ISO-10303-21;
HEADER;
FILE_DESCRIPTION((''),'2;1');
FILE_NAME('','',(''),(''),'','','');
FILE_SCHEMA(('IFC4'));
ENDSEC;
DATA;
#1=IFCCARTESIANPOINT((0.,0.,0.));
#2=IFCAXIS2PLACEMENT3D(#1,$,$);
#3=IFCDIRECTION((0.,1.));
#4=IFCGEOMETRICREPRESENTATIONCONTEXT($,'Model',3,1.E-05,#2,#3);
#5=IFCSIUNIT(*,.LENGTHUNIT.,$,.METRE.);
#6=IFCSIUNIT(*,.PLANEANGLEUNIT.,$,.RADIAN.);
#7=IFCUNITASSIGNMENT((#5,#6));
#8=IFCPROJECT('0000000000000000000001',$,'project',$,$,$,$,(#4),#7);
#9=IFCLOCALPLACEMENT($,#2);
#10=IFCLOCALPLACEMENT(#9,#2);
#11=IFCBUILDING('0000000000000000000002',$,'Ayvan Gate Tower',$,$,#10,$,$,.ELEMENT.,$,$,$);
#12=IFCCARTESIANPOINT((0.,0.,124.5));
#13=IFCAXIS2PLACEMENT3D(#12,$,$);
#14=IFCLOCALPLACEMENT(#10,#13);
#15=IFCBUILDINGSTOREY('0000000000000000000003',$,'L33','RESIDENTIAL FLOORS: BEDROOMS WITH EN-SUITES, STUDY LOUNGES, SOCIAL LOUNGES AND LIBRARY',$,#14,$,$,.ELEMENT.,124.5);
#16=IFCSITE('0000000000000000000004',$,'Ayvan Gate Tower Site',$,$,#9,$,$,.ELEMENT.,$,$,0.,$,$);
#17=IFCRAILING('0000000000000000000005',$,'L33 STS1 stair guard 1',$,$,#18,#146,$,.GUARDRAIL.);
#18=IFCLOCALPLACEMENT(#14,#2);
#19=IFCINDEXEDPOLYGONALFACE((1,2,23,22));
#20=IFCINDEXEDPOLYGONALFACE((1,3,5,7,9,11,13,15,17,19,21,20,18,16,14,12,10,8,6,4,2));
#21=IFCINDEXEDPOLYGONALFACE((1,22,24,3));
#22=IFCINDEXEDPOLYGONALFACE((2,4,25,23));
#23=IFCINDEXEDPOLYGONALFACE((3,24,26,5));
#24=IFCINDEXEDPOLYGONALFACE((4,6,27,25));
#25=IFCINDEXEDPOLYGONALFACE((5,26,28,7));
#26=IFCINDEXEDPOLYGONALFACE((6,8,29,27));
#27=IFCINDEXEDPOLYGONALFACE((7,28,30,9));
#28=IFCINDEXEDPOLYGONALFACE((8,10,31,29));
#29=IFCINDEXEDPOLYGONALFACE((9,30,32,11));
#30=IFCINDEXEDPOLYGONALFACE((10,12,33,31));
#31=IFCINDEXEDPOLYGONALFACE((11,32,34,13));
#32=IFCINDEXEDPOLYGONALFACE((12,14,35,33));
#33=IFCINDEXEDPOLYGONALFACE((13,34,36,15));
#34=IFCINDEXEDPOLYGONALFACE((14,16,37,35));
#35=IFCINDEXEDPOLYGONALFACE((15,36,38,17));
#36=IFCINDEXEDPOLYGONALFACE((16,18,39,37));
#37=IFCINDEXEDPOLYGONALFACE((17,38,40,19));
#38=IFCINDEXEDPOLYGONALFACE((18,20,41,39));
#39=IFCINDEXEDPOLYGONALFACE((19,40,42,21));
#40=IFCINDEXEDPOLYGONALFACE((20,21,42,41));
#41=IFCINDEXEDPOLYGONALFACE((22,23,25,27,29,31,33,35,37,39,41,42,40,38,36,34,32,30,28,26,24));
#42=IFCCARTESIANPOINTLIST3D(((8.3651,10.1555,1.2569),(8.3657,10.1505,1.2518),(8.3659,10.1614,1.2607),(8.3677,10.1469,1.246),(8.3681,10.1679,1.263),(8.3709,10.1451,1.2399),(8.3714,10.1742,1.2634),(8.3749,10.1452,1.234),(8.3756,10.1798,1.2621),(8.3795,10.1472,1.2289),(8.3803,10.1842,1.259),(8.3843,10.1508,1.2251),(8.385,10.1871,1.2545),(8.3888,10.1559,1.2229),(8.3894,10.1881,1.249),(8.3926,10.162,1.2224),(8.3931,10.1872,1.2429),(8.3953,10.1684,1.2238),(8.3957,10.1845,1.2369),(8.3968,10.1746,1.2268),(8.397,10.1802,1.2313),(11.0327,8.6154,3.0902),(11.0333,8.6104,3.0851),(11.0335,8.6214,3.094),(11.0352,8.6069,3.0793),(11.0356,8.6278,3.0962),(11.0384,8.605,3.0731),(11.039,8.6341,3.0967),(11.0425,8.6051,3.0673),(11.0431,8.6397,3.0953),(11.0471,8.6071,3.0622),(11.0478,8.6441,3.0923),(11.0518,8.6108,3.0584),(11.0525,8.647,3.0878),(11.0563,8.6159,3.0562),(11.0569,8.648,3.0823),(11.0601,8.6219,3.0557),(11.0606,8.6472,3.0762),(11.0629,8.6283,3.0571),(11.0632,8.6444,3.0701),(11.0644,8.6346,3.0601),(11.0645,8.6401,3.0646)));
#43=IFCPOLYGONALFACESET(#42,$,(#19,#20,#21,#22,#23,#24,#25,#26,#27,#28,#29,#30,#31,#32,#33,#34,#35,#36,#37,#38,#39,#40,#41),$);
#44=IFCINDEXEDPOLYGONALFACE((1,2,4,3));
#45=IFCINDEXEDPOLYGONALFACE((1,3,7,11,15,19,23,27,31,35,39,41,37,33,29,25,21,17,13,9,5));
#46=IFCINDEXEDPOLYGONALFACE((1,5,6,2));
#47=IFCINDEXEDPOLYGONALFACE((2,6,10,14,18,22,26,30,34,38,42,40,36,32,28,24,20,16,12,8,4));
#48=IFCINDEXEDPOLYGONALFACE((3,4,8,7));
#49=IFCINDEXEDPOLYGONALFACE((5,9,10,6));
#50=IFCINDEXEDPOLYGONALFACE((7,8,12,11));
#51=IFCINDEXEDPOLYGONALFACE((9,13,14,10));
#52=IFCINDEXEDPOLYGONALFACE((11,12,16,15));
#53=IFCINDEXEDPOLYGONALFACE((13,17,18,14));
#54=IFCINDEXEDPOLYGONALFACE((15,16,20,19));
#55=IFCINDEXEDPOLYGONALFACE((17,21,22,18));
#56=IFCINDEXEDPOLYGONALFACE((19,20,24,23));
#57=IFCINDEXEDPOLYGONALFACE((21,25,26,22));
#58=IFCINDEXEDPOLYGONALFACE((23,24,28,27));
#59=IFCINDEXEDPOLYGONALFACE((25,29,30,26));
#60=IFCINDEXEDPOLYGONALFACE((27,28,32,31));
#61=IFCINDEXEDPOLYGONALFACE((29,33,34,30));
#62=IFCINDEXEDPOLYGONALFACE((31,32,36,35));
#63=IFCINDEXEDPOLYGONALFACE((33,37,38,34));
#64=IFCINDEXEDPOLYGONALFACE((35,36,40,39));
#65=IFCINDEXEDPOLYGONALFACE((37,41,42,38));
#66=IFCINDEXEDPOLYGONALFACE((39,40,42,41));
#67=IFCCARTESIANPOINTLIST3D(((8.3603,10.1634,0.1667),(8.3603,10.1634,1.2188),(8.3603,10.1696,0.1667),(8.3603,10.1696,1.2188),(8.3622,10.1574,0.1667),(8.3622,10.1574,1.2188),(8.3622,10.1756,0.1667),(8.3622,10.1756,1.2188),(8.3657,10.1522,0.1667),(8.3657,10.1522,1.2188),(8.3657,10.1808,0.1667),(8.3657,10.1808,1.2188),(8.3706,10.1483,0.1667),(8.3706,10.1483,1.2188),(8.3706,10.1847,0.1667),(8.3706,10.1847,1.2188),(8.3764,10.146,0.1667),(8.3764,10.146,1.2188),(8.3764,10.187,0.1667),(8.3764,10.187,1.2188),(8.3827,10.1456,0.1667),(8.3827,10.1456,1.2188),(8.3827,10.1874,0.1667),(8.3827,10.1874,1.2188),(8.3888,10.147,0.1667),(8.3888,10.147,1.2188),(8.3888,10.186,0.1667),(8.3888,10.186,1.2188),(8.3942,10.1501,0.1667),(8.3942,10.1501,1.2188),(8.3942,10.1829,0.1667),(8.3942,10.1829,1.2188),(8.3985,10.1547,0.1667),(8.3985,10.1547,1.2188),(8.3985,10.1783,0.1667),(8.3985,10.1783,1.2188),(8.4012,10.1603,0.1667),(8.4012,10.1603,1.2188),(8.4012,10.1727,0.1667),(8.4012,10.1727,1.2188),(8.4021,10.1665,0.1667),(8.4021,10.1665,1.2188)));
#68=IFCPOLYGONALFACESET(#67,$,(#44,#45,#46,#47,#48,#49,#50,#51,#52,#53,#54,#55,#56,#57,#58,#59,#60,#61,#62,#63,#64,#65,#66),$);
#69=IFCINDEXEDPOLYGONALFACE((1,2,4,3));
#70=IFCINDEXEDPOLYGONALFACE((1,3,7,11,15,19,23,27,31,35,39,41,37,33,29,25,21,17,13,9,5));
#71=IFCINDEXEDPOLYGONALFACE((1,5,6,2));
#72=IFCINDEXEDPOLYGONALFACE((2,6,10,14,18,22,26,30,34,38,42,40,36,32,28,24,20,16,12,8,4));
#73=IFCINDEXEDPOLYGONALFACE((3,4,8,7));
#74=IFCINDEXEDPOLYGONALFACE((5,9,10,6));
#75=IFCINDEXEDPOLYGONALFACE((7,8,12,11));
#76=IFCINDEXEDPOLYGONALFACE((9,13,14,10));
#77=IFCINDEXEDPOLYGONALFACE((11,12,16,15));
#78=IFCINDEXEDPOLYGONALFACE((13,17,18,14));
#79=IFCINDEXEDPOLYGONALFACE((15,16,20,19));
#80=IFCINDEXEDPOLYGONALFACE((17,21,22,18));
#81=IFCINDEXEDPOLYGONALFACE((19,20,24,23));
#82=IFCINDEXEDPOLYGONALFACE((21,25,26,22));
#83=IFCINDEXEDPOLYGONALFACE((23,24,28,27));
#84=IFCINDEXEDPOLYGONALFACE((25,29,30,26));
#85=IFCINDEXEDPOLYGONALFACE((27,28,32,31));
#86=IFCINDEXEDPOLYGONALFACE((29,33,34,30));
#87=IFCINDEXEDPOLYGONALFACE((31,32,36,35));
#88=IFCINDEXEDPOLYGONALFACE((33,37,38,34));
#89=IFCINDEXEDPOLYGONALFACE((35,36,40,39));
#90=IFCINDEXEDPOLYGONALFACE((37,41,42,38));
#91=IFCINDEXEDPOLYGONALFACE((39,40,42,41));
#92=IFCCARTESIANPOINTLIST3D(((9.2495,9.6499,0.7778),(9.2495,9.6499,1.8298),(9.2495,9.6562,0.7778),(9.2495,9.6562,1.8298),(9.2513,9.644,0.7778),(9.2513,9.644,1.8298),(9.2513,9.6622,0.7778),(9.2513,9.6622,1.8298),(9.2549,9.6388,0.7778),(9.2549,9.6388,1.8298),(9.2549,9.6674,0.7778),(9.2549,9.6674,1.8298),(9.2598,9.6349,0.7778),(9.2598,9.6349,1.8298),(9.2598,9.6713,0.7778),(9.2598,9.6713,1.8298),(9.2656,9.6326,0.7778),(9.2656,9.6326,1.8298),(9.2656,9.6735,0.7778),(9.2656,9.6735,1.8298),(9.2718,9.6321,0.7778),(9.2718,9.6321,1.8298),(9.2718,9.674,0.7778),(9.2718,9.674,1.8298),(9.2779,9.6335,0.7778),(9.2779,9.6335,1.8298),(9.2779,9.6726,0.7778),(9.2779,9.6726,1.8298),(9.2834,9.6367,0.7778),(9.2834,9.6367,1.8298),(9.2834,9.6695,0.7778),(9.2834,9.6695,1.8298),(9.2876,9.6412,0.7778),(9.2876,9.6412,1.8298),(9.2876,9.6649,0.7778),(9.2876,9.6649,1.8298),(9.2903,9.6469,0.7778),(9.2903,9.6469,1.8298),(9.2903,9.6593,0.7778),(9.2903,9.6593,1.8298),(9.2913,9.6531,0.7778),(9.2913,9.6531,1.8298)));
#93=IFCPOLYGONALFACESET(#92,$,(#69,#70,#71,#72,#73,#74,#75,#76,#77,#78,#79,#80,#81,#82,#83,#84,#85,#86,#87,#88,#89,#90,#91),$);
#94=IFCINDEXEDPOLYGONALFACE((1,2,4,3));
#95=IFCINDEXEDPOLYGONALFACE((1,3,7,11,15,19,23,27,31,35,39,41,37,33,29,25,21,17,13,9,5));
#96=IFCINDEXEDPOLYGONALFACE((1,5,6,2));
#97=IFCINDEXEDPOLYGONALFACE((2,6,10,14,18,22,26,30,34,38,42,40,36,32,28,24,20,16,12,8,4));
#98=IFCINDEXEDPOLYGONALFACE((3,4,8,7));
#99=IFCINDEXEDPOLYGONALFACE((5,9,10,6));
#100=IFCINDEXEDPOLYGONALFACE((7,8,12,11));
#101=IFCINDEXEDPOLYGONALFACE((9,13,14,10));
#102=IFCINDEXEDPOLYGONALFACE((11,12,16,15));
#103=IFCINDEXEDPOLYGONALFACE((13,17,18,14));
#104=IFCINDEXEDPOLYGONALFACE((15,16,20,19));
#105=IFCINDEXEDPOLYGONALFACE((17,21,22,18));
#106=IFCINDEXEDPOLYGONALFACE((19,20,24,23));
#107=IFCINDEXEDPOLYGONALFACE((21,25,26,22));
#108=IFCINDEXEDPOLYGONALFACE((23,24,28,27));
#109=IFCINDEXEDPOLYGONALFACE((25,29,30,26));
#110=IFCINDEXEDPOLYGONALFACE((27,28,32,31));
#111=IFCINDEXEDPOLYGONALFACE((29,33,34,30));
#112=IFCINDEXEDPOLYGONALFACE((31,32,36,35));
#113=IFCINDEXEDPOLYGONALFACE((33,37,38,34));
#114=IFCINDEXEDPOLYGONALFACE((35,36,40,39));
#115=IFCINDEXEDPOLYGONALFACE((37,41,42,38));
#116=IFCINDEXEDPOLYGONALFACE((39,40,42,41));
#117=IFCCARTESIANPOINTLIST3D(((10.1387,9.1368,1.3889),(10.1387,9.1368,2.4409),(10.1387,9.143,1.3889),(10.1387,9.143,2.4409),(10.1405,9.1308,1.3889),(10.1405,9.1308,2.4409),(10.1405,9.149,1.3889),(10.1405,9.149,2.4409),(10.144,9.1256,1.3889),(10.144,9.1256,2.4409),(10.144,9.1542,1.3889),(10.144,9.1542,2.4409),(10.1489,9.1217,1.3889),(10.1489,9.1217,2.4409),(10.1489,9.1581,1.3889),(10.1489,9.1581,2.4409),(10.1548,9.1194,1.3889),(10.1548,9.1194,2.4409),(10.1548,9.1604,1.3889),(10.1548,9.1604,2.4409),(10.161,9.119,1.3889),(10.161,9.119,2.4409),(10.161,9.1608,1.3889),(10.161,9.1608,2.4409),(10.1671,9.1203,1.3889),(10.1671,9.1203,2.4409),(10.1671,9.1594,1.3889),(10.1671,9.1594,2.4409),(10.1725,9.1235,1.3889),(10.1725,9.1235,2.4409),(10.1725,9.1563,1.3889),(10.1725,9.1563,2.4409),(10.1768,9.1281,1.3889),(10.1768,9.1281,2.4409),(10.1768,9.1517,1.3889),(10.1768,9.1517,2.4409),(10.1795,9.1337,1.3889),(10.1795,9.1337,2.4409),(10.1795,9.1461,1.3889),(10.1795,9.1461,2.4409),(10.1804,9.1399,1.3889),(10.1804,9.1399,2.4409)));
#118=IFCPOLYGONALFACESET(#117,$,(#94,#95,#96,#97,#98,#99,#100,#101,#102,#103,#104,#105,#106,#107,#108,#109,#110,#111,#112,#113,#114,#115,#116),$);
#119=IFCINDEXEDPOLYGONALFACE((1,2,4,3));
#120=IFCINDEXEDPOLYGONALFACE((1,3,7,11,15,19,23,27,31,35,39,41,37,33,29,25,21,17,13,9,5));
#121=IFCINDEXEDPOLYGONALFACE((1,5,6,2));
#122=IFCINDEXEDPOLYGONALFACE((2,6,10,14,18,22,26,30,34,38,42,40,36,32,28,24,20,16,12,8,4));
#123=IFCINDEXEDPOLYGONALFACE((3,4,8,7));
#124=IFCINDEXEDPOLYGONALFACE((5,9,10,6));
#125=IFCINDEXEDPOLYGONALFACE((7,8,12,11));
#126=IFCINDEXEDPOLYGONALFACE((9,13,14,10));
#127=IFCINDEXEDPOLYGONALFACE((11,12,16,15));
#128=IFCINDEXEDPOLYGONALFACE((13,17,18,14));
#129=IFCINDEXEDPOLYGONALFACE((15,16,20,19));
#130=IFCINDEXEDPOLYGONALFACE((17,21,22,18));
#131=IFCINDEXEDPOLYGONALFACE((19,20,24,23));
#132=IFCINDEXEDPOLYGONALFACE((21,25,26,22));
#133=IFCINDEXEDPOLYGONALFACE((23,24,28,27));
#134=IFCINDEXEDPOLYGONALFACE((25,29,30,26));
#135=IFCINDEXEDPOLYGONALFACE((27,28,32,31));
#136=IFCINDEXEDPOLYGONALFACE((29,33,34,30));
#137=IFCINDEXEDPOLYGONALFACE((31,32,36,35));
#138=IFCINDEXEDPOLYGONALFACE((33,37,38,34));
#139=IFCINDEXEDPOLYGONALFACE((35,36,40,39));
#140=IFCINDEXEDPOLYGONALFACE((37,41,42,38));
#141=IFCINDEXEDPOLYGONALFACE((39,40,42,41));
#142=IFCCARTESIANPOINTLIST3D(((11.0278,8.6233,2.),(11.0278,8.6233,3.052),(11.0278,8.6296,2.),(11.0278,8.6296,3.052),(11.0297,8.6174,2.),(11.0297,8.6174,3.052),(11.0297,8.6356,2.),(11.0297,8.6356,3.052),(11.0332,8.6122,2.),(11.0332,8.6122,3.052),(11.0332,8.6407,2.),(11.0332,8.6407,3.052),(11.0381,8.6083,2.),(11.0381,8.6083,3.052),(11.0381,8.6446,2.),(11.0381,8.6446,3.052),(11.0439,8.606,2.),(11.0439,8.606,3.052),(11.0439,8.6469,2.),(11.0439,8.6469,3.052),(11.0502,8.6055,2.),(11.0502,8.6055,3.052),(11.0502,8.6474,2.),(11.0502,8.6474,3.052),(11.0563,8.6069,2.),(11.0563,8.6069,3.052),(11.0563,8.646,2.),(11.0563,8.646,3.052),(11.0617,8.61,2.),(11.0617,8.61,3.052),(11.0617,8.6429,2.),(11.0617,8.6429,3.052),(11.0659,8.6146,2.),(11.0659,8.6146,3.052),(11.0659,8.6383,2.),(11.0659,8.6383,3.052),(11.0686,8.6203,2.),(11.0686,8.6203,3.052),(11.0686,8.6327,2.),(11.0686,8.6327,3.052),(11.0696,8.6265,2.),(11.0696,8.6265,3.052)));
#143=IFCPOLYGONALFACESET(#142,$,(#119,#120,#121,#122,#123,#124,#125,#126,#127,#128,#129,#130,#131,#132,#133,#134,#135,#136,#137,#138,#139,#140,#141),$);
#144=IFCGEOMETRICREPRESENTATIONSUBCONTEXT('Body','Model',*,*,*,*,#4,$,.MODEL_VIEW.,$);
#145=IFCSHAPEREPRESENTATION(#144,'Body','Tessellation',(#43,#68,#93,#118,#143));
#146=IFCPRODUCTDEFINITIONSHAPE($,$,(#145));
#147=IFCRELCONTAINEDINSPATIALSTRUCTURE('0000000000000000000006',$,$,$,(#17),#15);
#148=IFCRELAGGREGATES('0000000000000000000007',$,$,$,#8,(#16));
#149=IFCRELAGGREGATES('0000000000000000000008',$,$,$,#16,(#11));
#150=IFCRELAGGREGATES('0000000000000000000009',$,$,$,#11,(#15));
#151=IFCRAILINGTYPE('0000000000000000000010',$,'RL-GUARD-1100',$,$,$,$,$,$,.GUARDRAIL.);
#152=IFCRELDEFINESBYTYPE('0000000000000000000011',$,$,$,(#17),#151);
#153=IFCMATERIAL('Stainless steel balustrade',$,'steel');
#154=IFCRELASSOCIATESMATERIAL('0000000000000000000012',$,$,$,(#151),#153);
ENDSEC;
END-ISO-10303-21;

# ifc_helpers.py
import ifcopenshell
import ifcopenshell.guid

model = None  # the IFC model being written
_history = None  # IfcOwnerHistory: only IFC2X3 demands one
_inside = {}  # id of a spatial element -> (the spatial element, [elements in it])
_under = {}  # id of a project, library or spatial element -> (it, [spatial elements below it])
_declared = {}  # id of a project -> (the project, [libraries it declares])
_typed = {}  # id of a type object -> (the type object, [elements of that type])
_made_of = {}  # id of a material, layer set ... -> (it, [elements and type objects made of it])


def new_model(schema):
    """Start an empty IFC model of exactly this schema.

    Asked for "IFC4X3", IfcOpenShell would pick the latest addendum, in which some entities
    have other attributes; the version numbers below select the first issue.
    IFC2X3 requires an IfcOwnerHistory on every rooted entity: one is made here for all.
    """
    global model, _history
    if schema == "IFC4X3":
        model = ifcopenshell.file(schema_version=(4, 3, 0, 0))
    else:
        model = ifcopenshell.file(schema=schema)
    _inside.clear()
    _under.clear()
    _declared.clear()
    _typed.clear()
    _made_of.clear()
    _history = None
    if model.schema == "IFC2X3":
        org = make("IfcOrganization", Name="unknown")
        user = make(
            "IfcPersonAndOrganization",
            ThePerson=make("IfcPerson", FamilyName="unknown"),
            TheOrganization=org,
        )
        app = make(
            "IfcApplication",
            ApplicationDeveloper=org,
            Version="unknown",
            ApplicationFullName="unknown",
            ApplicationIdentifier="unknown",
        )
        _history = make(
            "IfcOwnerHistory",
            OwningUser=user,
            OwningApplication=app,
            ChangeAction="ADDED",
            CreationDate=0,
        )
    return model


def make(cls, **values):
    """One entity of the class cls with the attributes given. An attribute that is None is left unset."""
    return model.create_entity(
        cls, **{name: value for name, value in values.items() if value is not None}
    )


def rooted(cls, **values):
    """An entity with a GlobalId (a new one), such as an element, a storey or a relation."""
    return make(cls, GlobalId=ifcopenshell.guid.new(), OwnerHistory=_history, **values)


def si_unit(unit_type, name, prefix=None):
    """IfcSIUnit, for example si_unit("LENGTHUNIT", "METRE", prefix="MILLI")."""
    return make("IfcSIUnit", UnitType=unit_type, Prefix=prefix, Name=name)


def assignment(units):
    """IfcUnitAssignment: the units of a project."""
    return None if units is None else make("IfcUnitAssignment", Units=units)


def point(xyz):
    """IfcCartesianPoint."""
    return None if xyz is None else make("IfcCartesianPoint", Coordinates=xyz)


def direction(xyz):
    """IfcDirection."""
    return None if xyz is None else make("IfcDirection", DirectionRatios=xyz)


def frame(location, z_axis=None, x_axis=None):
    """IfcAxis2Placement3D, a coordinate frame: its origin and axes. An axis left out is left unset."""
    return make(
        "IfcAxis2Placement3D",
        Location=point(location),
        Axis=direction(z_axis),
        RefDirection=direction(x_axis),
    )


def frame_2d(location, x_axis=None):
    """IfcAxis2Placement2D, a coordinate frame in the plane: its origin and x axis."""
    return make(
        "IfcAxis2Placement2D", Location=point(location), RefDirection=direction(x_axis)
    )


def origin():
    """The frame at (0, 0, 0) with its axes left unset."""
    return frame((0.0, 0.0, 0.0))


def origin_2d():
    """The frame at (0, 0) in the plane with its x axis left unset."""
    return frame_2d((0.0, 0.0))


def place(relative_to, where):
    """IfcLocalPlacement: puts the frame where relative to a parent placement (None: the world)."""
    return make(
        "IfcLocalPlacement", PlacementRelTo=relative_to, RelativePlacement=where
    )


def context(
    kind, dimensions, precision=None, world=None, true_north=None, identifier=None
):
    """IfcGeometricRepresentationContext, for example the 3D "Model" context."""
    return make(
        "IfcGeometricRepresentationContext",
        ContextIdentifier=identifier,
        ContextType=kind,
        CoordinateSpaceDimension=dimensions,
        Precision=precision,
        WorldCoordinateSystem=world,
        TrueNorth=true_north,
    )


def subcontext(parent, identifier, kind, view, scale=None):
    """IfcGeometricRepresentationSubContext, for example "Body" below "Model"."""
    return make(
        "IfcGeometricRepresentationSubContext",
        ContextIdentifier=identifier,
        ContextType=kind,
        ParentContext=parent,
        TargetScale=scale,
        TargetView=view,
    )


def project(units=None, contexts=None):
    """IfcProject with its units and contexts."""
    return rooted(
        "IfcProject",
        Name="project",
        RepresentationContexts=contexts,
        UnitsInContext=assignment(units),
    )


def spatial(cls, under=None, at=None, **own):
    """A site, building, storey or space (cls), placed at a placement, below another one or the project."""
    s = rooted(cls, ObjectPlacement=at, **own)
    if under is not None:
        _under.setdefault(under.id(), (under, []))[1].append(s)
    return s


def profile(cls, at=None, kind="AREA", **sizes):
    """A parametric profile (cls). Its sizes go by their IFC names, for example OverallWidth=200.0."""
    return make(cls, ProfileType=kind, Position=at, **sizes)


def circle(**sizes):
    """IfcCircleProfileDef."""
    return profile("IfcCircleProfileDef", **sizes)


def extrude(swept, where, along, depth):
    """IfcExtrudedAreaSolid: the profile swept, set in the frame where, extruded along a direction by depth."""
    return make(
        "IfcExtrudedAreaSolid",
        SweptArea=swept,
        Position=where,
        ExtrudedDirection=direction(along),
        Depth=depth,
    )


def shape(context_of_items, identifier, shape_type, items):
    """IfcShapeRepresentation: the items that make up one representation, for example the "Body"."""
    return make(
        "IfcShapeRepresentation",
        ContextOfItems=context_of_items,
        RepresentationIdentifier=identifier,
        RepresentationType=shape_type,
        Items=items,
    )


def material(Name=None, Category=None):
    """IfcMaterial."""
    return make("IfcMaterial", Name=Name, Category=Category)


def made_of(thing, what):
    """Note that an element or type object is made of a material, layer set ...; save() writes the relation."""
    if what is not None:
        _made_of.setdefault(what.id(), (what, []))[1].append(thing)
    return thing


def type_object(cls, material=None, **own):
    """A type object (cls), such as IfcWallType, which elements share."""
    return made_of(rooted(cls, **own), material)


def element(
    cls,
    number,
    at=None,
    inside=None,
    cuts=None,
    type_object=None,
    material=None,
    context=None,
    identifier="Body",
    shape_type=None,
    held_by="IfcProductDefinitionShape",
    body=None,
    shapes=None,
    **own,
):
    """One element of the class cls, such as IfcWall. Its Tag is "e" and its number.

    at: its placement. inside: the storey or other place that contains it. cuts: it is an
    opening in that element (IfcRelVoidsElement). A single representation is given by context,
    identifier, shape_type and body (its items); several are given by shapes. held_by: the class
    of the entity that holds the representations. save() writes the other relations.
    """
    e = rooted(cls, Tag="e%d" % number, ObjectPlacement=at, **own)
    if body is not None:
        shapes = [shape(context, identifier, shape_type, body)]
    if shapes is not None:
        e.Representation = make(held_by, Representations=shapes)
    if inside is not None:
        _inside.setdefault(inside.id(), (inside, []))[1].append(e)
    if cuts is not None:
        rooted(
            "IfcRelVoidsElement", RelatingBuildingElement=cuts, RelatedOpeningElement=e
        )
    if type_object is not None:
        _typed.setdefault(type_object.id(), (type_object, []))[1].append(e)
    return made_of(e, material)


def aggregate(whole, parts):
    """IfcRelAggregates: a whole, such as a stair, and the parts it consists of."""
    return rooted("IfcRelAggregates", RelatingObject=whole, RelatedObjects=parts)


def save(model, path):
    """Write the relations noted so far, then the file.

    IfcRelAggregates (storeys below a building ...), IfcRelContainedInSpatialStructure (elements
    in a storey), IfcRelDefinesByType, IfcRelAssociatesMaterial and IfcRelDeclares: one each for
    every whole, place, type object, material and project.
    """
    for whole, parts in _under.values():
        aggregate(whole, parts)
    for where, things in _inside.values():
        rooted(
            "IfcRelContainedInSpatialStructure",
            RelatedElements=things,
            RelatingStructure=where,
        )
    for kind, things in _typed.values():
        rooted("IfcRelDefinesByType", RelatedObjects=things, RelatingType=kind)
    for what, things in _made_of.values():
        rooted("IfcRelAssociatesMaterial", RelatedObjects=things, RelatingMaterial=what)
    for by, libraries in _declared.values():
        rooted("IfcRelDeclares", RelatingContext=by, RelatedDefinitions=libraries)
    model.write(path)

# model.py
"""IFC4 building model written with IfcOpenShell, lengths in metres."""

from ifc_helpers import new_model, si_unit, direction, frame, origin, origin_2d, place, context, subcontext, project, spatial, circle, extrude, material, type_object, element, save


model = new_model("IFC4")

# Units and contexts
model_context = context("Model", 3, precision=1e-05, world=origin(), true_north=direction((0.0, 1.0)))
body_context = subcontext(model_context, "Body", "Model", "MODEL_VIEW")
ifc_project = project(units=[si_unit("LENGTHUNIT", "METRE"), si_unit("PLANEANGLEUNIT", "RADIAN")], contexts=[model_context])

# Site, building, storey
site_placement = place(None, origin())
site = spatial("IfcSite", under=ifc_project, at=site_placement, Name="Ayvan Gate Tower Site", CompositionType="ELEMENT", RefElevation=0.0)
building_placement = place(site_placement, origin())
building = spatial("IfcBuilding", under=site, at=building_placement, Name="Ayvan Gate Tower", CompositionType="ELEMENT")
storey_placement = place(building_placement, frame((0.0, 0.0, 124.5)))
storey = spatial("IfcBuildingStorey", under=building, at=storey_placement, Name="L33", Description="RESIDENTIAL FLOORS: BEDROOMS WITH EN-SUITES, STUDY LOUNGES, SOCIAL LOUNGES AND LIBRARY", CompositionType="ELEMENT", Elevation=124.5)

# Railing
ifc_material_1 = material(Name="Stainless steel balustrade", Category="steel")
railing_type_1 = type_object("IfcRailingType", Name="RL-GUARD-1100", PredefinedType="GUARDRAIL", material=ifc_material_1)
railing_1_placement = place(storey_placement, frame((8.3811, 10.1665, 0.1667)))
element("IfcRailing", 1, at=railing_1_placement, inside=storey, type_object=railing_type_1, Name="L33 STS1 stair guard 1", PredefinedType="GUARDRAIL", context=body_context, shape_type="SweptSolid", body=[
    extrude(circle(Radius=0.0239, at=origin_2d()), frame((0.0, 0.0, 1.0762), z_axis=(0.74419, -0.429649, 0.511452), x_axis=(0.499992, 0.86603, 0.0)), (0.0, 0.0, 1.0), 3.5845),
    extrude(circle(Radius=0.021, at=origin_2d()), origin(), (0.0, 0.0, 1.0), 1.052),
    extrude(circle(Radius=0.021, at=origin_2d()), frame((0.8892, -0.5134, 0.6111)), (0.0, 0.0, 1.0), 1.052),
    extrude(circle(Radius=0.021, at=origin_2d()), frame((1.7783, -1.0266, 1.2222)), (0.0, 0.0, 1.0), 1.052),
    extrude(circle(Radius=0.021, at=origin_2d()), frame((2.6675, -1.54, 1.8333)), (0.0, 0.0, 1.0), 1.052),
])

save(model, "model.ifc")
